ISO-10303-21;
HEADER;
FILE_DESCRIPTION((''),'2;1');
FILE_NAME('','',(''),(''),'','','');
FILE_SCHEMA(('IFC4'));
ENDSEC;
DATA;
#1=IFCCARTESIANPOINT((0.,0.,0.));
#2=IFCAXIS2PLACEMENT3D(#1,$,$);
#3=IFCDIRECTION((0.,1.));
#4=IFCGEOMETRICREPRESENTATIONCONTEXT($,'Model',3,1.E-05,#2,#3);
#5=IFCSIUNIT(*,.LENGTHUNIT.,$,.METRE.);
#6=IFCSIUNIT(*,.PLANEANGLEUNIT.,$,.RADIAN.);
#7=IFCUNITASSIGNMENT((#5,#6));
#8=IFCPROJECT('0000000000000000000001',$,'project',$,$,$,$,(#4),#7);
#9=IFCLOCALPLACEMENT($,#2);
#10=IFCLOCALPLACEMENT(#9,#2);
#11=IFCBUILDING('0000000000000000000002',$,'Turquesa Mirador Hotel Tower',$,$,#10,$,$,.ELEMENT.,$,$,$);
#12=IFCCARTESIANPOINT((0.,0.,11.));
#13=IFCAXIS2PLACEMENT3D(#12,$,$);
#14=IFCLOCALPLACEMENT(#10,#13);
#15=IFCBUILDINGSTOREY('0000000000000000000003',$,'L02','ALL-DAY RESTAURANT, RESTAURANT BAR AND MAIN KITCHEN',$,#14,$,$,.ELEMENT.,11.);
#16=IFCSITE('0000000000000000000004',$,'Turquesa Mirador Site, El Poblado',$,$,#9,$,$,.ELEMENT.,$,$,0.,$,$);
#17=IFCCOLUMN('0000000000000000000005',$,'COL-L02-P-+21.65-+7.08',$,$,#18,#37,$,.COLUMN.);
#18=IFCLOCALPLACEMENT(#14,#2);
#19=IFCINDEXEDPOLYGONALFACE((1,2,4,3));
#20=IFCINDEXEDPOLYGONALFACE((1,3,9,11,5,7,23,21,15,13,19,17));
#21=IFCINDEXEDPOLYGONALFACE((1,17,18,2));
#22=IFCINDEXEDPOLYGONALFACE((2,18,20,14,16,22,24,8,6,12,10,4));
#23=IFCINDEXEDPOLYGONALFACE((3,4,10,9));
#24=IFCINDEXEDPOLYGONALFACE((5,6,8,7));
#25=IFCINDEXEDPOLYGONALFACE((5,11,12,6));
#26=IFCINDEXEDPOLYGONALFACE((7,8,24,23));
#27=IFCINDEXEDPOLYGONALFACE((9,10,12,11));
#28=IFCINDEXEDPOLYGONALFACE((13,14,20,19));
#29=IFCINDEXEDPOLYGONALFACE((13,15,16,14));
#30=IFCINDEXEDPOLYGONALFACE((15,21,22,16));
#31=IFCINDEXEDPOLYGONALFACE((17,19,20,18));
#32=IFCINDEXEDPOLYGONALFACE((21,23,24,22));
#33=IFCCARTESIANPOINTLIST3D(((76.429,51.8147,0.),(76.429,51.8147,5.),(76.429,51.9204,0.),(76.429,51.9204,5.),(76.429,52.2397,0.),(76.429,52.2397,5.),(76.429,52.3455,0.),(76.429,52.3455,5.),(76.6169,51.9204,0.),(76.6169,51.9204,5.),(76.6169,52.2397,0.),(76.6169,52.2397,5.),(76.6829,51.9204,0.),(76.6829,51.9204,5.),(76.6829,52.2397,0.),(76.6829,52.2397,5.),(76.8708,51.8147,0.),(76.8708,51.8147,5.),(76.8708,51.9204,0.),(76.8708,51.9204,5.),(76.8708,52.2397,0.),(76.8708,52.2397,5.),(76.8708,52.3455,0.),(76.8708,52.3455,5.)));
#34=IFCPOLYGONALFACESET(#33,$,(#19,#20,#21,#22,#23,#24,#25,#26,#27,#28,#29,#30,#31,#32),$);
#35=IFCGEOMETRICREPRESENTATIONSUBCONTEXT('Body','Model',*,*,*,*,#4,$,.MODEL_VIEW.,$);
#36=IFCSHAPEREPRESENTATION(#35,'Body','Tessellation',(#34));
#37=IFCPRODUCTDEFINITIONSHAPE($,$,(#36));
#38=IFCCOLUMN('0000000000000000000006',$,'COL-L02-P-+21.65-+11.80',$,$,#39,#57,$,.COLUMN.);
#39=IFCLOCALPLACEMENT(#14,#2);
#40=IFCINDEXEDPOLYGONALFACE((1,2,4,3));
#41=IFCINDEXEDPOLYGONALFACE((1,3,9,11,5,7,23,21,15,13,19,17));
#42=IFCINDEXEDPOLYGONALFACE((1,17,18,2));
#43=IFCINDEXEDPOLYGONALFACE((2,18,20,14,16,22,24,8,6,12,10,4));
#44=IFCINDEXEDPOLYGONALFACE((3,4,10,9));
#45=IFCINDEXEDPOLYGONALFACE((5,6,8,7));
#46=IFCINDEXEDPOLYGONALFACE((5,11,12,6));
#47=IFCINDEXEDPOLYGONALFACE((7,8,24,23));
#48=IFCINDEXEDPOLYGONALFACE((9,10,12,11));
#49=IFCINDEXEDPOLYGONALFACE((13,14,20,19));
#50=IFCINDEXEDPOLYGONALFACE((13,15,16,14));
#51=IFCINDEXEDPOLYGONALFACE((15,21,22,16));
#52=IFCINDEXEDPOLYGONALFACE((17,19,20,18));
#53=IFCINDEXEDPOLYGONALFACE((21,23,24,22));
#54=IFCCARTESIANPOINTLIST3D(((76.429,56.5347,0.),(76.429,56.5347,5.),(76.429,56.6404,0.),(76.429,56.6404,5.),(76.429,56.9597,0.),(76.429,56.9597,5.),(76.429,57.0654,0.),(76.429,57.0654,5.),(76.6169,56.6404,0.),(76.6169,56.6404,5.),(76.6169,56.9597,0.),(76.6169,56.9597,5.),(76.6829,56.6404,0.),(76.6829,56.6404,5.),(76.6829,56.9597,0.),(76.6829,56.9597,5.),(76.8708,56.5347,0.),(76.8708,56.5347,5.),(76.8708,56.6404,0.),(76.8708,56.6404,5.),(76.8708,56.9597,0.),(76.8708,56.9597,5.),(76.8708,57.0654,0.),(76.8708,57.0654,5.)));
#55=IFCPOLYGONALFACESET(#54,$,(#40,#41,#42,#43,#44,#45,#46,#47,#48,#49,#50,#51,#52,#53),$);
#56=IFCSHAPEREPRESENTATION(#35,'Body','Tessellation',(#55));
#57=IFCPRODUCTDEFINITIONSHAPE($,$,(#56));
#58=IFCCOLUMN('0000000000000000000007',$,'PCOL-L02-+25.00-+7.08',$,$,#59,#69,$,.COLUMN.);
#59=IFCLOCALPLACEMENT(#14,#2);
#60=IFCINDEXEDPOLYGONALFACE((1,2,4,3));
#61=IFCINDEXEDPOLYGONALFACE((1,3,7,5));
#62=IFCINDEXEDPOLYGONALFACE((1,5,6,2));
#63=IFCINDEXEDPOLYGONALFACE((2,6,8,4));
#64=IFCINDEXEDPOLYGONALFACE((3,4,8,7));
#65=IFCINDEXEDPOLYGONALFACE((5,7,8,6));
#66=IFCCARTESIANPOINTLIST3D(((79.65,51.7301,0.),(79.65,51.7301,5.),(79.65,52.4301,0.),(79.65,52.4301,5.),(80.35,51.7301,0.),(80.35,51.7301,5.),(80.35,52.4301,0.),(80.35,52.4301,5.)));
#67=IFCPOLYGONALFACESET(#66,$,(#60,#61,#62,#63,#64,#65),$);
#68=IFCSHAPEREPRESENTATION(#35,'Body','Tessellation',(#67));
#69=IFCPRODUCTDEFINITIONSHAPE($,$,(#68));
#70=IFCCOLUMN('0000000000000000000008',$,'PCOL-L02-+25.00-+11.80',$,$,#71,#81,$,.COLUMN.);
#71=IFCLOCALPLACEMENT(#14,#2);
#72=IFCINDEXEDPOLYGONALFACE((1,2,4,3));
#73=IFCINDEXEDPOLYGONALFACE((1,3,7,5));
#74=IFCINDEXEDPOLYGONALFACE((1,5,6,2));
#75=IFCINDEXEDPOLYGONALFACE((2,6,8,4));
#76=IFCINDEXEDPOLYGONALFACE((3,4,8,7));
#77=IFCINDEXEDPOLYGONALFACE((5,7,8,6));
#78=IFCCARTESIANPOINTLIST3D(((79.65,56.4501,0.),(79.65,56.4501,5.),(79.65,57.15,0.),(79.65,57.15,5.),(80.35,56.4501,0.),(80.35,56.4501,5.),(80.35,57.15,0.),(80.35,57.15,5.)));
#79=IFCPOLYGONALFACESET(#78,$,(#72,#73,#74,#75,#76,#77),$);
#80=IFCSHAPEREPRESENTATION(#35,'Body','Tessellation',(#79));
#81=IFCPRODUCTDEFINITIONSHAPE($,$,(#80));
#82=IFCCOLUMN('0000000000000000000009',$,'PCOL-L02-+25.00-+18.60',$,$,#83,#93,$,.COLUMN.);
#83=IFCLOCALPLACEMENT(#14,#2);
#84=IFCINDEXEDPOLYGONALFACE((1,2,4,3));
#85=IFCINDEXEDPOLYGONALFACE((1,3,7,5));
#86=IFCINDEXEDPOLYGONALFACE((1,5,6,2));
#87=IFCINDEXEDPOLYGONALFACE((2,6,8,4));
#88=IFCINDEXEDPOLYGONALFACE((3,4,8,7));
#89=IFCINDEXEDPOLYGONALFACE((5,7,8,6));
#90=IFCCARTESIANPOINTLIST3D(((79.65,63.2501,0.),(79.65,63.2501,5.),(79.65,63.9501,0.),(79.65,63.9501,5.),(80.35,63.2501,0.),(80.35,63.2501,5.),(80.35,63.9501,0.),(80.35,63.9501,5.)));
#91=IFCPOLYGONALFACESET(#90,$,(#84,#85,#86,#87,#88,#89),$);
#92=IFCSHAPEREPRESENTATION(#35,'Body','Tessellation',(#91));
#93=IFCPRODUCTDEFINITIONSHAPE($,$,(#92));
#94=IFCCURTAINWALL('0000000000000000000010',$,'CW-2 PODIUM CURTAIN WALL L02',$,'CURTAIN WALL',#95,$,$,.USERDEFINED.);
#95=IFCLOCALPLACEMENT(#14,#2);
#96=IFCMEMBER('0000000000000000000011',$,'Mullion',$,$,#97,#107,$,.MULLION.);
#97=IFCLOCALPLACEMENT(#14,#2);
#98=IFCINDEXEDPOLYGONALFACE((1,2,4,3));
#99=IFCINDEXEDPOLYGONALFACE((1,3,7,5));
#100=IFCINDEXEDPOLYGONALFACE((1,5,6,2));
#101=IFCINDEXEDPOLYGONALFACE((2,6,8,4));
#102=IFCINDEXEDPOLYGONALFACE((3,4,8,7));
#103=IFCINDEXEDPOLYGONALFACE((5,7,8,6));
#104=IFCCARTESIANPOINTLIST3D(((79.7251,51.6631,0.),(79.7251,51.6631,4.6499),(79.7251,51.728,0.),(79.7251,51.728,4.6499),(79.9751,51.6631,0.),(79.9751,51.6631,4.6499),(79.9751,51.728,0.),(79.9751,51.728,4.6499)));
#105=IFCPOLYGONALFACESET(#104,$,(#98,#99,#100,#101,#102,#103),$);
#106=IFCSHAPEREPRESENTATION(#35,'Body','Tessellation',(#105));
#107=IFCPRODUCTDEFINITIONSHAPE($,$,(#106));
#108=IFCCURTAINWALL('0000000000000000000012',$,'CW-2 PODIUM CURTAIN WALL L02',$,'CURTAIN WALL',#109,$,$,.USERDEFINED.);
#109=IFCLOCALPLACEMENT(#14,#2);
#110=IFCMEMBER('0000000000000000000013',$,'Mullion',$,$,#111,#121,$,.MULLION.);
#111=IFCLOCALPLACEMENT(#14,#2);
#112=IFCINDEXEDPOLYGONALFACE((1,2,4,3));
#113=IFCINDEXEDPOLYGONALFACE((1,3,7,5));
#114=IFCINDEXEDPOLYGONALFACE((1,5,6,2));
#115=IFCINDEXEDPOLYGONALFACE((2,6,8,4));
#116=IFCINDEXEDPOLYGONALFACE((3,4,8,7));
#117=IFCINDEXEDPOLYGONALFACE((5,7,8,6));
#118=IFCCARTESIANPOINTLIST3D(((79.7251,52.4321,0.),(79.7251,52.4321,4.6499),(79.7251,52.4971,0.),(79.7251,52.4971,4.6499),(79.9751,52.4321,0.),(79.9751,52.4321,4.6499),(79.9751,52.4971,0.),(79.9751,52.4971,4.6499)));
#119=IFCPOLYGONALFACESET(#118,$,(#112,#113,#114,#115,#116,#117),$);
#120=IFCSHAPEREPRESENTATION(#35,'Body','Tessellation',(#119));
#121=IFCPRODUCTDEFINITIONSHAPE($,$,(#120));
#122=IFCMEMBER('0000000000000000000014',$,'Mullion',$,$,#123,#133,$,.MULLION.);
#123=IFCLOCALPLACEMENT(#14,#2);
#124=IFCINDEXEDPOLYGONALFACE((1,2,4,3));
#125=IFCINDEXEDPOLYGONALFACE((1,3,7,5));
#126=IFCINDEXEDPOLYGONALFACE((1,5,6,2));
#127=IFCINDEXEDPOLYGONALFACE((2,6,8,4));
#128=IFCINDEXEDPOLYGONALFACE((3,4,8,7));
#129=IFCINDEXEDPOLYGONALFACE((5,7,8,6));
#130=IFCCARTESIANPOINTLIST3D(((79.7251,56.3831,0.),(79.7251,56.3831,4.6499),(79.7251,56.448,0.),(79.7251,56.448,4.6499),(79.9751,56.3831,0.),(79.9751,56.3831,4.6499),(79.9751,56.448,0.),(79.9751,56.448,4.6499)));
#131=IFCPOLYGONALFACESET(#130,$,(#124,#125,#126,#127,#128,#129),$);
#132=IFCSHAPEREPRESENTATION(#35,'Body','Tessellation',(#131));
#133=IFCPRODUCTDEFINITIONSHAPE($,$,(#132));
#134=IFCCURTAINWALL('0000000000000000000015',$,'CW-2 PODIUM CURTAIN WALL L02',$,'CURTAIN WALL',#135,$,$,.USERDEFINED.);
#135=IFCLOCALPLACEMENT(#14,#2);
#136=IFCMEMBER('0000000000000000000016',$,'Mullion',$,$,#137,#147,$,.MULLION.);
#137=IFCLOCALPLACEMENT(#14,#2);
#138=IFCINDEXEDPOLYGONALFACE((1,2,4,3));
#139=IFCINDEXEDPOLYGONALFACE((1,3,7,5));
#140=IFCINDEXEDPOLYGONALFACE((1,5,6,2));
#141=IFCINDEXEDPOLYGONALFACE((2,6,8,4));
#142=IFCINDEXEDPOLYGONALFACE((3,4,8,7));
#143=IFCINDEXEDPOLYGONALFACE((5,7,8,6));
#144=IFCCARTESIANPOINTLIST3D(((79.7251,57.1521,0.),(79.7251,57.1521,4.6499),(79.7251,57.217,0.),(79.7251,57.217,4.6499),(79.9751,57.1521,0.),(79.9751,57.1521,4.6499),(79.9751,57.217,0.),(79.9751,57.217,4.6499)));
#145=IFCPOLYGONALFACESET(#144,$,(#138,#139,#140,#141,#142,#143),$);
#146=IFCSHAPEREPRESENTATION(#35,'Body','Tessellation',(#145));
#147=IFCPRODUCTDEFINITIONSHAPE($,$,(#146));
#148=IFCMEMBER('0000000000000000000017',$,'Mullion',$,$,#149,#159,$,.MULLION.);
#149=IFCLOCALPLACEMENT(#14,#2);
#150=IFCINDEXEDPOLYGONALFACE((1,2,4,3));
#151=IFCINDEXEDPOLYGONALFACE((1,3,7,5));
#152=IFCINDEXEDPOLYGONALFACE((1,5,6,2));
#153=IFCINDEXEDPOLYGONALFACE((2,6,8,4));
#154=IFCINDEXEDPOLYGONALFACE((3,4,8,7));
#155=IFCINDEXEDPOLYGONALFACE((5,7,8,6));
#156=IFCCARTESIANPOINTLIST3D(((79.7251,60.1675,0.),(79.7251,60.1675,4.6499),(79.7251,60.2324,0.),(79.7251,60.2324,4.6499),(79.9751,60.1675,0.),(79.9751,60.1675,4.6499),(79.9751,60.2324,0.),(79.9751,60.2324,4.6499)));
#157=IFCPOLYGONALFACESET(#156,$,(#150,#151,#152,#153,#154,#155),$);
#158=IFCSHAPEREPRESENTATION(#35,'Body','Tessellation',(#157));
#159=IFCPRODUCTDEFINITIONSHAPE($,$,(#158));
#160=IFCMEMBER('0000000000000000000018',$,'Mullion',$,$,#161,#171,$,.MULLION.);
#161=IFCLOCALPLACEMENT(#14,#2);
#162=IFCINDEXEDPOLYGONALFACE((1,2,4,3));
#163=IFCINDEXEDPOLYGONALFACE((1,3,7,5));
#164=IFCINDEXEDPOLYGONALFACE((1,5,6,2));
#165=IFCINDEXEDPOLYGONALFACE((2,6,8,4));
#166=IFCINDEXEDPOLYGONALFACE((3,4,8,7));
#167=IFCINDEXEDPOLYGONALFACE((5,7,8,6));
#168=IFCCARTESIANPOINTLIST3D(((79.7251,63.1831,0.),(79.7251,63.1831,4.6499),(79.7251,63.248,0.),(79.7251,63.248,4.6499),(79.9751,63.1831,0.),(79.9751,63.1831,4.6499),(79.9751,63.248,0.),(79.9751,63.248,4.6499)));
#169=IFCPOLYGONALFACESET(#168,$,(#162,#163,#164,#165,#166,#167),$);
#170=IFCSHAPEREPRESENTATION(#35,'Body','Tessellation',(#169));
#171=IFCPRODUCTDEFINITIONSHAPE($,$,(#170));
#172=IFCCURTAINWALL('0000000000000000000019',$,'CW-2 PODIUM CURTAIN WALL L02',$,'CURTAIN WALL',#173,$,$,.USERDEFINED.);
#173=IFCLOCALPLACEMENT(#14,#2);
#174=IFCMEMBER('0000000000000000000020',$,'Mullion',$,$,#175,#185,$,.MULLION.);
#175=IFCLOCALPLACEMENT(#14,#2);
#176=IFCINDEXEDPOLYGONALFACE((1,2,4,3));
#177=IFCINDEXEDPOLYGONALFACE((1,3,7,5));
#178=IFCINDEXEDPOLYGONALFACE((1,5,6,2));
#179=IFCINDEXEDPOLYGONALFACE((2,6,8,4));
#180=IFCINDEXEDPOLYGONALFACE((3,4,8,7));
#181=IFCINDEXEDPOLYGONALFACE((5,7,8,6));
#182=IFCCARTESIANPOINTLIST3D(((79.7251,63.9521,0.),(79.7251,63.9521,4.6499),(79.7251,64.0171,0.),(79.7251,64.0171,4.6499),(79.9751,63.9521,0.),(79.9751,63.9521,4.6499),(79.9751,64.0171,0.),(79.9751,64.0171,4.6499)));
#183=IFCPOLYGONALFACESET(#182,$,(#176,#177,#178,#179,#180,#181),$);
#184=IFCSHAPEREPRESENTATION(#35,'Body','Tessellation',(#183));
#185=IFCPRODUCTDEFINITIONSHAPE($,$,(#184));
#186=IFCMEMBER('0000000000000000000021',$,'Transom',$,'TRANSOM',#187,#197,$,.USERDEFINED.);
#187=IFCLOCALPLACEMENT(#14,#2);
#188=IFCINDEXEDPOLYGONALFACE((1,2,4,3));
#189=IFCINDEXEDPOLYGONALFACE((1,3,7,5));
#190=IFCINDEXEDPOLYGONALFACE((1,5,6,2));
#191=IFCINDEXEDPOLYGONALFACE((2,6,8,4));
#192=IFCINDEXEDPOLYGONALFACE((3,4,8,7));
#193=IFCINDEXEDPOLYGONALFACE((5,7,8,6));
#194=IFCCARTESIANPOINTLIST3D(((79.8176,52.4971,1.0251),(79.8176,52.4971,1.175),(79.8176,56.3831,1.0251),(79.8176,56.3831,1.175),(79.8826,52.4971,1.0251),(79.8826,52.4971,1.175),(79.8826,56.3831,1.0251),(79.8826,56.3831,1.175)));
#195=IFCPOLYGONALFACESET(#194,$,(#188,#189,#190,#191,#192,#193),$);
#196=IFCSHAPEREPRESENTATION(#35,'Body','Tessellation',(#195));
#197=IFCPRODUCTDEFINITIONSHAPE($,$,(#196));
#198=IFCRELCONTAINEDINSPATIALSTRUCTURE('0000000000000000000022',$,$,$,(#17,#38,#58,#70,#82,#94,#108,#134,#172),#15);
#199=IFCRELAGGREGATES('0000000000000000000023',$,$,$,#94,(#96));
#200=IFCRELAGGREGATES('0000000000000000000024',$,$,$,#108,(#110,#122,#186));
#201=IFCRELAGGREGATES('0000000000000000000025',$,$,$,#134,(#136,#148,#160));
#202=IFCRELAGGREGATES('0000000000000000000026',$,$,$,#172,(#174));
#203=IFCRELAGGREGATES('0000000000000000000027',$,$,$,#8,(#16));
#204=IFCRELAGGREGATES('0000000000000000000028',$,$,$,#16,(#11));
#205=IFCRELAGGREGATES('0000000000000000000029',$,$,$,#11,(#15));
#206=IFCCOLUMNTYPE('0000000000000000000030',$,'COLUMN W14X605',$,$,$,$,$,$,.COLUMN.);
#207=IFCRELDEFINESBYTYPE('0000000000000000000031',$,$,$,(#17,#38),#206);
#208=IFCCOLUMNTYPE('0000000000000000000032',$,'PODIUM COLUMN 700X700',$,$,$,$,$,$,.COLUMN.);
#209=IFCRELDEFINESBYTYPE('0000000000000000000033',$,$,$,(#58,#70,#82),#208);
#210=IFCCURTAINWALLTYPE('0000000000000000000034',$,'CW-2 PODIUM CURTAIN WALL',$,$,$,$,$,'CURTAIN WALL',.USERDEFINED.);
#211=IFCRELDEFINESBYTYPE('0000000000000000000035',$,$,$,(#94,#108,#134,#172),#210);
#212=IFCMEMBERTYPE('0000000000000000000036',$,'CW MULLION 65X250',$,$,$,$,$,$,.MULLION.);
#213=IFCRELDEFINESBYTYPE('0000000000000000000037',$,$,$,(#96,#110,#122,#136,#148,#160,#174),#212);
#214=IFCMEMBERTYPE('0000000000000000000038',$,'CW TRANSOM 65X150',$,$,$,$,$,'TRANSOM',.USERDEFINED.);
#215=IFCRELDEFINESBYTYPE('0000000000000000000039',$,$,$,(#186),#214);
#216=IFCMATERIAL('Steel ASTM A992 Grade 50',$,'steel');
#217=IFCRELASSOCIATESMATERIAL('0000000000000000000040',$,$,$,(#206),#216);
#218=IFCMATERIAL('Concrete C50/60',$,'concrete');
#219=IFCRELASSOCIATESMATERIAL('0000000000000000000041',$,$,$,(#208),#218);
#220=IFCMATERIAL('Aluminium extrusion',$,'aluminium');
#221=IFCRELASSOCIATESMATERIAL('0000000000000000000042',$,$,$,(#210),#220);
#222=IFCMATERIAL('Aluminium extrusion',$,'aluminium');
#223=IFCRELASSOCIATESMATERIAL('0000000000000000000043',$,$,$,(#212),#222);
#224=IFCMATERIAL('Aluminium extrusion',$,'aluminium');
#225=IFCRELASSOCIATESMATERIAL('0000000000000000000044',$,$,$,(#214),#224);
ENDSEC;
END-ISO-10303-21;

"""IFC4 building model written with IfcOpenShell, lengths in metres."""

from ifc_helpers import new_model, si_unit, direction, frame, origin, origin_2d, place, context, subcontext, project, spatial, rectangle, i_section, extrude, material, material_profile, profile_set, type_object, element, aggregate, save


model = new_model("IFC4")

# Units and contexts
model_context = context("Model", 3, precision=1e-05, world=origin(), true_north=direction((0.0, 1.0)))
body_context = subcontext(model_context, "Body", "Model", "MODEL_VIEW")
ifc_project = project(units=[si_unit("LENGTHUNIT", "METRE"), si_unit("PLANEANGLEUNIT", "RADIAN")], contexts=[model_context])

# Site, building, storey
site_placement = place(None, origin())
site = spatial("IfcSite", under=ifc_project, at=site_placement, Name="Turquesa Mirador Site, El Poblado", CompositionType="ELEMENT", RefElevation=0.0)
building_placement = place(site_placement, origin())
building = spatial("IfcBuilding", under=site, at=building_placement, Name="Turquesa Mirador Hotel Tower", CompositionType="ELEMENT")
storey_placement = place(building_placement, frame((0.0, 0.0, 11.0)))
storey = spatial("IfcBuildingStorey", under=building, at=storey_placement, Name="L02", Description="ALL-DAY RESTAURANT, RESTAURANT BAR AND MAIN KITCHEN", CompositionType="ELEMENT", Elevation=11.0)

# Columns
ifc_material_1 = material(Name="Steel ASTM A992 Grade 50", Category="steel")
ifc_material_profile_1 = material_profile(ifc_material_1, i_section(OverallWidth=0.4419, OverallDepth=0.5308, WebThickness=0.0659, FlangeThickness=0.1057, at=origin_2d()), Name="W14X605")
ifc_profile_set_1 = profile_set([ifc_material_profile_1], Name="Steel ASTM A992 Grade 50")
column_type_1 = type_object("IfcColumnType", Name="COLUMN W14X605", PredefinedType="COLUMN", material=ifc_profile_set_1)
for number, where, z_axis, x_axis, name in (
    (1, (76.6499, 52.0801, 0.0), (0.0, 0.0, 1.0), (1.0, 0.0, 0.0), "COL-L02-P-+21.65-+7.08"),
    (2, (76.6499, 56.8, 0.0), (0.0, 0.0, 1.0), (1.0, 0.0, 0.0), "COL-L02-P-+21.65-+11.80"),
):
    element("IfcColumn", number, at=place(storey_placement, frame(where, z_axis=z_axis, x_axis=x_axis)), inside=storey, type_object=column_type_1, Name=name, PredefinedType="COLUMN", context=body_context, shape_type="SweptSolid", body=[
        extrude(i_section(OverallWidth=0.4419, OverallDepth=0.5308, WebThickness=0.0659, FlangeThickness=0.1057, at=origin_2d()), origin(), (0.0, 0.0, 1.0), 5.0),
    ])
ifc_material_2 = material(Name="Concrete C50/60", Category="concrete")
ifc_material_profile_2 = material_profile(ifc_material_2, rectangle(XDim=0.7, YDim=0.7, at=origin_2d()), Name="RC 700X700")
ifc_profile_set_2 = profile_set([ifc_material_profile_2], Name="Concrete C50/60")
column_type_2 = type_object("IfcColumnType", Name="PODIUM COLUMN 700X700", PredefinedType="COLUMN", material=ifc_profile_set_2)
for number, where, z_axis, x_axis, name in (
    (3, (80.0, 52.0801, 0.0), (0.0, 0.0, 1.0), (1.0, 0.0, 0.0), "PCOL-L02-+25.00-+7.08"),
    (4, (80.0, 56.8, 0.0), (0.0, 0.0, 1.0), (1.0, 0.0, 0.0), "PCOL-L02-+25.00-+11.80"),
    (5, (80.0, 63.6001, 0.0), (0.0, 0.0, 1.0), (1.0, 0.0, 0.0), "PCOL-L02-+25.00-+18.60"),
):
    element("IfcColumn", number, at=place(storey_placement, frame(where, z_axis=z_axis, x_axis=x_axis)), inside=storey, type_object=column_type_2, Name=name, PredefinedType="COLUMN", context=body_context, shape_type="SweptSolid", body=[
        extrude(rectangle(XDim=0.7, YDim=0.7, at=origin_2d()), origin(), (0.0, 0.0, 1.0), 5.0),
    ])

# Curtain wall, member
ifc_material_3 = material(Name="Aluminium extrusion", Category="aluminium")
curtain_wall_type = type_object("IfcCurtainWallType", Name="CW-2 PODIUM CURTAIN WALL", ElementType="CURTAIN WALL", PredefinedType="USERDEFINED", material=ifc_material_3)
curtain_wall_1_placement = place(storey_placement, origin())
curtain_wall_1 = element("IfcCurtainWall", 6, at=curtain_wall_1_placement, inside=storey, type_object=curtain_wall_type, Name="CW-2 PODIUM CURTAIN WALL L02", ObjectType="CURTAIN WALL", PredefinedType="USERDEFINED")
ifc_material_4 = material(Name="Aluminium extrusion", Category="aluminium")
ifc_material_profile_3 = material_profile(ifc_material_4, rectangle(XDim=0.0649, YDim=0.25, at=origin_2d()), Name="MULLION 65X250")
ifc_profile_set_3 = profile_set([ifc_material_profile_3], Name="Aluminium extrusion")
member_type_1 = type_object("IfcMemberType", Name="CW MULLION 65X250", PredefinedType="MULLION", material=ifc_profile_set_3)
member_1_placement = place(storey_placement, frame((79.8501, 51.6956, 0.0), z_axis=(0.0, 0.0, 1.0), x_axis=(0.0, 1.0, 0.0)))
member_1 = element("IfcMember", 7, at=member_1_placement, type_object=member_type_1, Name="Mullion", PredefinedType="MULLION", context=body_context, shape_type="SweptSolid", body=[
    extrude(rectangle(XDim=0.0649, YDim=0.25, at=origin_2d()), origin(), (0.0, 0.0, 1.0), 4.6499),
])

# Curtain walls, members
curtain_wall_2_placement = place(storey_placement, origin())
curtain_wall_2 = element("IfcCurtainWall", 8, at=curtain_wall_2_placement, inside=storey, type_object=curtain_wall_type, Name="CW-2 PODIUM CURTAIN WALL L02", ObjectType="CURTAIN WALL", PredefinedType="USERDEFINED")
member_2_placement = place(storey_placement, frame((79.8501, 52.4646, 0.0), z_axis=(0.0, 0.0, 1.0), x_axis=(0.0, 1.0, 0.0)))
member_2 = element("IfcMember", 9, at=member_2_placement, type_object=member_type_1, Name="Mullion", PredefinedType="MULLION", context=body_context, shape_type="SweptSolid", body=[
    extrude(rectangle(XDim=0.0649, YDim=0.25, at=origin_2d()), origin(), (0.0, 0.0, 1.0), 4.6499),
])
member_3_placement = place(storey_placement, frame((79.8501, 56.4155, 0.0), z_axis=(0.0, 0.0, 1.0), x_axis=(0.0, 1.0, 0.0)))
member_3 = element("IfcMember", 10, at=member_3_placement, type_object=member_type_1, Name="Mullion", PredefinedType="MULLION", context=body_context, shape_type="SweptSolid", body=[
    extrude(rectangle(XDim=0.0649, YDim=0.25, at=origin_2d()), origin(), (0.0, 0.0, 1.0), 4.6499),
])
curtain_wall_3_placement = place(storey_placement, origin())
curtain_wall_3 = element("IfcCurtainWall", 11, at=curtain_wall_3_placement, inside=storey, type_object=curtain_wall_type, Name="CW-2 PODIUM CURTAIN WALL L02", ObjectType="CURTAIN WALL", PredefinedType="USERDEFINED")
member_4_placement = place(storey_placement, frame((79.8501, 57.1846, 0.0), z_axis=(0.0, 0.0, 1.0), x_axis=(0.0, 1.0, 0.0)))
member_4 = element("IfcMember", 12, at=member_4_placement, type_object=member_type_1, Name="Mullion", PredefinedType="MULLION", context=body_context, shape_type="SweptSolid", body=[
    extrude(rectangle(XDim=0.0649, YDim=0.25, at=origin_2d()), origin(), (0.0, 0.0, 1.0), 4.6499),
])
member_5_placement = place(storey_placement, frame((79.8501, 60.2, 0.0), z_axis=(0.0, 0.0, 1.0), x_axis=(0.0, 1.0, 0.0)))
member_5 = element("IfcMember", 13, at=member_5_placement, type_object=member_type_1, Name="Mullion", PredefinedType="MULLION", context=body_context, shape_type="SweptSolid", body=[
    extrude(rectangle(XDim=0.0649, YDim=0.25, at=origin_2d()), origin(), (0.0, 0.0, 1.0), 4.6499),
])
member_6_placement = place(storey_placement, frame((79.8501, 63.2156, 0.0), z_axis=(0.0, 0.0, 1.0), x_axis=(0.0, 1.0, 0.0)))
member_6 = element("IfcMember", 14, at=member_6_placement, type_object=member_type_1, Name="Mullion", PredefinedType="MULLION", context=body_context, shape_type="SweptSolid", body=[
    extrude(rectangle(XDim=0.0649, YDim=0.25, at=origin_2d()), origin(), (0.0, 0.0, 1.0), 4.6499),
])

# Curtain wall, member
curtain_wall_4_placement = place(storey_placement, origin())
curtain_wall_4 = element("IfcCurtainWall", 15, at=curtain_wall_4_placement, inside=storey, type_object=curtain_wall_type, Name="CW-2 PODIUM CURTAIN WALL L02", ObjectType="CURTAIN WALL", PredefinedType="USERDEFINED")
member_7_placement = place(storey_placement, frame((79.8501, 63.9846, 0.0), z_axis=(0.0, 0.0, 1.0), x_axis=(0.0, 1.0, 0.0)))
member_7 = element("IfcMember", 16, at=member_7_placement, type_object=member_type_1, Name="Mullion", PredefinedType="MULLION", context=body_context, shape_type="SweptSolid", body=[
    extrude(rectangle(XDim=0.0649, YDim=0.25, at=origin_2d()), origin(), (0.0, 0.0, 1.0), 4.6499),
])

# Member
ifc_material_5 = material(Name="Aluminium extrusion", Category="aluminium")
ifc_material_profile_4 = material_profile(ifc_material_5, rectangle(XDim=0.0649, YDim=0.1499, at=origin_2d()), Name="TRANSOM 65X150")
ifc_profile_set_4 = profile_set([ifc_material_profile_4], Name="Aluminium extrusion")
member_type_2 = type_object("IfcMemberType", Name="CW TRANSOM 65X150", ElementType="TRANSOM", PredefinedType="USERDEFINED", material=ifc_profile_set_4)
member_8_placement = place(storey_placement, frame((79.8501, 52.4971, 1.1001), z_axis=(0.0, 1.0, 0.0), x_axis=(-1.0, 0.0, 0.0)))
member_8 = element("IfcMember", 17, at=member_8_placement, type_object=member_type_2, Name="Transom", ObjectType="TRANSOM", PredefinedType="USERDEFINED", context=body_context, shape_type="SweptSolid", body=[
    extrude(rectangle(XDim=0.0649, YDim=0.1499, at=origin_2d()), origin(), (0.0, 0.0, 1.0), 3.886),
])

aggregate(curtain_wall_1, [member_1])
aggregate(curtain_wall_2, [member_2, member_3, member_8])
aggregate(curtain_wall_3, [member_4, member_5, member_6])
aggregate(curtain_wall_4, [member_7])

save(model, "model.ifc")
